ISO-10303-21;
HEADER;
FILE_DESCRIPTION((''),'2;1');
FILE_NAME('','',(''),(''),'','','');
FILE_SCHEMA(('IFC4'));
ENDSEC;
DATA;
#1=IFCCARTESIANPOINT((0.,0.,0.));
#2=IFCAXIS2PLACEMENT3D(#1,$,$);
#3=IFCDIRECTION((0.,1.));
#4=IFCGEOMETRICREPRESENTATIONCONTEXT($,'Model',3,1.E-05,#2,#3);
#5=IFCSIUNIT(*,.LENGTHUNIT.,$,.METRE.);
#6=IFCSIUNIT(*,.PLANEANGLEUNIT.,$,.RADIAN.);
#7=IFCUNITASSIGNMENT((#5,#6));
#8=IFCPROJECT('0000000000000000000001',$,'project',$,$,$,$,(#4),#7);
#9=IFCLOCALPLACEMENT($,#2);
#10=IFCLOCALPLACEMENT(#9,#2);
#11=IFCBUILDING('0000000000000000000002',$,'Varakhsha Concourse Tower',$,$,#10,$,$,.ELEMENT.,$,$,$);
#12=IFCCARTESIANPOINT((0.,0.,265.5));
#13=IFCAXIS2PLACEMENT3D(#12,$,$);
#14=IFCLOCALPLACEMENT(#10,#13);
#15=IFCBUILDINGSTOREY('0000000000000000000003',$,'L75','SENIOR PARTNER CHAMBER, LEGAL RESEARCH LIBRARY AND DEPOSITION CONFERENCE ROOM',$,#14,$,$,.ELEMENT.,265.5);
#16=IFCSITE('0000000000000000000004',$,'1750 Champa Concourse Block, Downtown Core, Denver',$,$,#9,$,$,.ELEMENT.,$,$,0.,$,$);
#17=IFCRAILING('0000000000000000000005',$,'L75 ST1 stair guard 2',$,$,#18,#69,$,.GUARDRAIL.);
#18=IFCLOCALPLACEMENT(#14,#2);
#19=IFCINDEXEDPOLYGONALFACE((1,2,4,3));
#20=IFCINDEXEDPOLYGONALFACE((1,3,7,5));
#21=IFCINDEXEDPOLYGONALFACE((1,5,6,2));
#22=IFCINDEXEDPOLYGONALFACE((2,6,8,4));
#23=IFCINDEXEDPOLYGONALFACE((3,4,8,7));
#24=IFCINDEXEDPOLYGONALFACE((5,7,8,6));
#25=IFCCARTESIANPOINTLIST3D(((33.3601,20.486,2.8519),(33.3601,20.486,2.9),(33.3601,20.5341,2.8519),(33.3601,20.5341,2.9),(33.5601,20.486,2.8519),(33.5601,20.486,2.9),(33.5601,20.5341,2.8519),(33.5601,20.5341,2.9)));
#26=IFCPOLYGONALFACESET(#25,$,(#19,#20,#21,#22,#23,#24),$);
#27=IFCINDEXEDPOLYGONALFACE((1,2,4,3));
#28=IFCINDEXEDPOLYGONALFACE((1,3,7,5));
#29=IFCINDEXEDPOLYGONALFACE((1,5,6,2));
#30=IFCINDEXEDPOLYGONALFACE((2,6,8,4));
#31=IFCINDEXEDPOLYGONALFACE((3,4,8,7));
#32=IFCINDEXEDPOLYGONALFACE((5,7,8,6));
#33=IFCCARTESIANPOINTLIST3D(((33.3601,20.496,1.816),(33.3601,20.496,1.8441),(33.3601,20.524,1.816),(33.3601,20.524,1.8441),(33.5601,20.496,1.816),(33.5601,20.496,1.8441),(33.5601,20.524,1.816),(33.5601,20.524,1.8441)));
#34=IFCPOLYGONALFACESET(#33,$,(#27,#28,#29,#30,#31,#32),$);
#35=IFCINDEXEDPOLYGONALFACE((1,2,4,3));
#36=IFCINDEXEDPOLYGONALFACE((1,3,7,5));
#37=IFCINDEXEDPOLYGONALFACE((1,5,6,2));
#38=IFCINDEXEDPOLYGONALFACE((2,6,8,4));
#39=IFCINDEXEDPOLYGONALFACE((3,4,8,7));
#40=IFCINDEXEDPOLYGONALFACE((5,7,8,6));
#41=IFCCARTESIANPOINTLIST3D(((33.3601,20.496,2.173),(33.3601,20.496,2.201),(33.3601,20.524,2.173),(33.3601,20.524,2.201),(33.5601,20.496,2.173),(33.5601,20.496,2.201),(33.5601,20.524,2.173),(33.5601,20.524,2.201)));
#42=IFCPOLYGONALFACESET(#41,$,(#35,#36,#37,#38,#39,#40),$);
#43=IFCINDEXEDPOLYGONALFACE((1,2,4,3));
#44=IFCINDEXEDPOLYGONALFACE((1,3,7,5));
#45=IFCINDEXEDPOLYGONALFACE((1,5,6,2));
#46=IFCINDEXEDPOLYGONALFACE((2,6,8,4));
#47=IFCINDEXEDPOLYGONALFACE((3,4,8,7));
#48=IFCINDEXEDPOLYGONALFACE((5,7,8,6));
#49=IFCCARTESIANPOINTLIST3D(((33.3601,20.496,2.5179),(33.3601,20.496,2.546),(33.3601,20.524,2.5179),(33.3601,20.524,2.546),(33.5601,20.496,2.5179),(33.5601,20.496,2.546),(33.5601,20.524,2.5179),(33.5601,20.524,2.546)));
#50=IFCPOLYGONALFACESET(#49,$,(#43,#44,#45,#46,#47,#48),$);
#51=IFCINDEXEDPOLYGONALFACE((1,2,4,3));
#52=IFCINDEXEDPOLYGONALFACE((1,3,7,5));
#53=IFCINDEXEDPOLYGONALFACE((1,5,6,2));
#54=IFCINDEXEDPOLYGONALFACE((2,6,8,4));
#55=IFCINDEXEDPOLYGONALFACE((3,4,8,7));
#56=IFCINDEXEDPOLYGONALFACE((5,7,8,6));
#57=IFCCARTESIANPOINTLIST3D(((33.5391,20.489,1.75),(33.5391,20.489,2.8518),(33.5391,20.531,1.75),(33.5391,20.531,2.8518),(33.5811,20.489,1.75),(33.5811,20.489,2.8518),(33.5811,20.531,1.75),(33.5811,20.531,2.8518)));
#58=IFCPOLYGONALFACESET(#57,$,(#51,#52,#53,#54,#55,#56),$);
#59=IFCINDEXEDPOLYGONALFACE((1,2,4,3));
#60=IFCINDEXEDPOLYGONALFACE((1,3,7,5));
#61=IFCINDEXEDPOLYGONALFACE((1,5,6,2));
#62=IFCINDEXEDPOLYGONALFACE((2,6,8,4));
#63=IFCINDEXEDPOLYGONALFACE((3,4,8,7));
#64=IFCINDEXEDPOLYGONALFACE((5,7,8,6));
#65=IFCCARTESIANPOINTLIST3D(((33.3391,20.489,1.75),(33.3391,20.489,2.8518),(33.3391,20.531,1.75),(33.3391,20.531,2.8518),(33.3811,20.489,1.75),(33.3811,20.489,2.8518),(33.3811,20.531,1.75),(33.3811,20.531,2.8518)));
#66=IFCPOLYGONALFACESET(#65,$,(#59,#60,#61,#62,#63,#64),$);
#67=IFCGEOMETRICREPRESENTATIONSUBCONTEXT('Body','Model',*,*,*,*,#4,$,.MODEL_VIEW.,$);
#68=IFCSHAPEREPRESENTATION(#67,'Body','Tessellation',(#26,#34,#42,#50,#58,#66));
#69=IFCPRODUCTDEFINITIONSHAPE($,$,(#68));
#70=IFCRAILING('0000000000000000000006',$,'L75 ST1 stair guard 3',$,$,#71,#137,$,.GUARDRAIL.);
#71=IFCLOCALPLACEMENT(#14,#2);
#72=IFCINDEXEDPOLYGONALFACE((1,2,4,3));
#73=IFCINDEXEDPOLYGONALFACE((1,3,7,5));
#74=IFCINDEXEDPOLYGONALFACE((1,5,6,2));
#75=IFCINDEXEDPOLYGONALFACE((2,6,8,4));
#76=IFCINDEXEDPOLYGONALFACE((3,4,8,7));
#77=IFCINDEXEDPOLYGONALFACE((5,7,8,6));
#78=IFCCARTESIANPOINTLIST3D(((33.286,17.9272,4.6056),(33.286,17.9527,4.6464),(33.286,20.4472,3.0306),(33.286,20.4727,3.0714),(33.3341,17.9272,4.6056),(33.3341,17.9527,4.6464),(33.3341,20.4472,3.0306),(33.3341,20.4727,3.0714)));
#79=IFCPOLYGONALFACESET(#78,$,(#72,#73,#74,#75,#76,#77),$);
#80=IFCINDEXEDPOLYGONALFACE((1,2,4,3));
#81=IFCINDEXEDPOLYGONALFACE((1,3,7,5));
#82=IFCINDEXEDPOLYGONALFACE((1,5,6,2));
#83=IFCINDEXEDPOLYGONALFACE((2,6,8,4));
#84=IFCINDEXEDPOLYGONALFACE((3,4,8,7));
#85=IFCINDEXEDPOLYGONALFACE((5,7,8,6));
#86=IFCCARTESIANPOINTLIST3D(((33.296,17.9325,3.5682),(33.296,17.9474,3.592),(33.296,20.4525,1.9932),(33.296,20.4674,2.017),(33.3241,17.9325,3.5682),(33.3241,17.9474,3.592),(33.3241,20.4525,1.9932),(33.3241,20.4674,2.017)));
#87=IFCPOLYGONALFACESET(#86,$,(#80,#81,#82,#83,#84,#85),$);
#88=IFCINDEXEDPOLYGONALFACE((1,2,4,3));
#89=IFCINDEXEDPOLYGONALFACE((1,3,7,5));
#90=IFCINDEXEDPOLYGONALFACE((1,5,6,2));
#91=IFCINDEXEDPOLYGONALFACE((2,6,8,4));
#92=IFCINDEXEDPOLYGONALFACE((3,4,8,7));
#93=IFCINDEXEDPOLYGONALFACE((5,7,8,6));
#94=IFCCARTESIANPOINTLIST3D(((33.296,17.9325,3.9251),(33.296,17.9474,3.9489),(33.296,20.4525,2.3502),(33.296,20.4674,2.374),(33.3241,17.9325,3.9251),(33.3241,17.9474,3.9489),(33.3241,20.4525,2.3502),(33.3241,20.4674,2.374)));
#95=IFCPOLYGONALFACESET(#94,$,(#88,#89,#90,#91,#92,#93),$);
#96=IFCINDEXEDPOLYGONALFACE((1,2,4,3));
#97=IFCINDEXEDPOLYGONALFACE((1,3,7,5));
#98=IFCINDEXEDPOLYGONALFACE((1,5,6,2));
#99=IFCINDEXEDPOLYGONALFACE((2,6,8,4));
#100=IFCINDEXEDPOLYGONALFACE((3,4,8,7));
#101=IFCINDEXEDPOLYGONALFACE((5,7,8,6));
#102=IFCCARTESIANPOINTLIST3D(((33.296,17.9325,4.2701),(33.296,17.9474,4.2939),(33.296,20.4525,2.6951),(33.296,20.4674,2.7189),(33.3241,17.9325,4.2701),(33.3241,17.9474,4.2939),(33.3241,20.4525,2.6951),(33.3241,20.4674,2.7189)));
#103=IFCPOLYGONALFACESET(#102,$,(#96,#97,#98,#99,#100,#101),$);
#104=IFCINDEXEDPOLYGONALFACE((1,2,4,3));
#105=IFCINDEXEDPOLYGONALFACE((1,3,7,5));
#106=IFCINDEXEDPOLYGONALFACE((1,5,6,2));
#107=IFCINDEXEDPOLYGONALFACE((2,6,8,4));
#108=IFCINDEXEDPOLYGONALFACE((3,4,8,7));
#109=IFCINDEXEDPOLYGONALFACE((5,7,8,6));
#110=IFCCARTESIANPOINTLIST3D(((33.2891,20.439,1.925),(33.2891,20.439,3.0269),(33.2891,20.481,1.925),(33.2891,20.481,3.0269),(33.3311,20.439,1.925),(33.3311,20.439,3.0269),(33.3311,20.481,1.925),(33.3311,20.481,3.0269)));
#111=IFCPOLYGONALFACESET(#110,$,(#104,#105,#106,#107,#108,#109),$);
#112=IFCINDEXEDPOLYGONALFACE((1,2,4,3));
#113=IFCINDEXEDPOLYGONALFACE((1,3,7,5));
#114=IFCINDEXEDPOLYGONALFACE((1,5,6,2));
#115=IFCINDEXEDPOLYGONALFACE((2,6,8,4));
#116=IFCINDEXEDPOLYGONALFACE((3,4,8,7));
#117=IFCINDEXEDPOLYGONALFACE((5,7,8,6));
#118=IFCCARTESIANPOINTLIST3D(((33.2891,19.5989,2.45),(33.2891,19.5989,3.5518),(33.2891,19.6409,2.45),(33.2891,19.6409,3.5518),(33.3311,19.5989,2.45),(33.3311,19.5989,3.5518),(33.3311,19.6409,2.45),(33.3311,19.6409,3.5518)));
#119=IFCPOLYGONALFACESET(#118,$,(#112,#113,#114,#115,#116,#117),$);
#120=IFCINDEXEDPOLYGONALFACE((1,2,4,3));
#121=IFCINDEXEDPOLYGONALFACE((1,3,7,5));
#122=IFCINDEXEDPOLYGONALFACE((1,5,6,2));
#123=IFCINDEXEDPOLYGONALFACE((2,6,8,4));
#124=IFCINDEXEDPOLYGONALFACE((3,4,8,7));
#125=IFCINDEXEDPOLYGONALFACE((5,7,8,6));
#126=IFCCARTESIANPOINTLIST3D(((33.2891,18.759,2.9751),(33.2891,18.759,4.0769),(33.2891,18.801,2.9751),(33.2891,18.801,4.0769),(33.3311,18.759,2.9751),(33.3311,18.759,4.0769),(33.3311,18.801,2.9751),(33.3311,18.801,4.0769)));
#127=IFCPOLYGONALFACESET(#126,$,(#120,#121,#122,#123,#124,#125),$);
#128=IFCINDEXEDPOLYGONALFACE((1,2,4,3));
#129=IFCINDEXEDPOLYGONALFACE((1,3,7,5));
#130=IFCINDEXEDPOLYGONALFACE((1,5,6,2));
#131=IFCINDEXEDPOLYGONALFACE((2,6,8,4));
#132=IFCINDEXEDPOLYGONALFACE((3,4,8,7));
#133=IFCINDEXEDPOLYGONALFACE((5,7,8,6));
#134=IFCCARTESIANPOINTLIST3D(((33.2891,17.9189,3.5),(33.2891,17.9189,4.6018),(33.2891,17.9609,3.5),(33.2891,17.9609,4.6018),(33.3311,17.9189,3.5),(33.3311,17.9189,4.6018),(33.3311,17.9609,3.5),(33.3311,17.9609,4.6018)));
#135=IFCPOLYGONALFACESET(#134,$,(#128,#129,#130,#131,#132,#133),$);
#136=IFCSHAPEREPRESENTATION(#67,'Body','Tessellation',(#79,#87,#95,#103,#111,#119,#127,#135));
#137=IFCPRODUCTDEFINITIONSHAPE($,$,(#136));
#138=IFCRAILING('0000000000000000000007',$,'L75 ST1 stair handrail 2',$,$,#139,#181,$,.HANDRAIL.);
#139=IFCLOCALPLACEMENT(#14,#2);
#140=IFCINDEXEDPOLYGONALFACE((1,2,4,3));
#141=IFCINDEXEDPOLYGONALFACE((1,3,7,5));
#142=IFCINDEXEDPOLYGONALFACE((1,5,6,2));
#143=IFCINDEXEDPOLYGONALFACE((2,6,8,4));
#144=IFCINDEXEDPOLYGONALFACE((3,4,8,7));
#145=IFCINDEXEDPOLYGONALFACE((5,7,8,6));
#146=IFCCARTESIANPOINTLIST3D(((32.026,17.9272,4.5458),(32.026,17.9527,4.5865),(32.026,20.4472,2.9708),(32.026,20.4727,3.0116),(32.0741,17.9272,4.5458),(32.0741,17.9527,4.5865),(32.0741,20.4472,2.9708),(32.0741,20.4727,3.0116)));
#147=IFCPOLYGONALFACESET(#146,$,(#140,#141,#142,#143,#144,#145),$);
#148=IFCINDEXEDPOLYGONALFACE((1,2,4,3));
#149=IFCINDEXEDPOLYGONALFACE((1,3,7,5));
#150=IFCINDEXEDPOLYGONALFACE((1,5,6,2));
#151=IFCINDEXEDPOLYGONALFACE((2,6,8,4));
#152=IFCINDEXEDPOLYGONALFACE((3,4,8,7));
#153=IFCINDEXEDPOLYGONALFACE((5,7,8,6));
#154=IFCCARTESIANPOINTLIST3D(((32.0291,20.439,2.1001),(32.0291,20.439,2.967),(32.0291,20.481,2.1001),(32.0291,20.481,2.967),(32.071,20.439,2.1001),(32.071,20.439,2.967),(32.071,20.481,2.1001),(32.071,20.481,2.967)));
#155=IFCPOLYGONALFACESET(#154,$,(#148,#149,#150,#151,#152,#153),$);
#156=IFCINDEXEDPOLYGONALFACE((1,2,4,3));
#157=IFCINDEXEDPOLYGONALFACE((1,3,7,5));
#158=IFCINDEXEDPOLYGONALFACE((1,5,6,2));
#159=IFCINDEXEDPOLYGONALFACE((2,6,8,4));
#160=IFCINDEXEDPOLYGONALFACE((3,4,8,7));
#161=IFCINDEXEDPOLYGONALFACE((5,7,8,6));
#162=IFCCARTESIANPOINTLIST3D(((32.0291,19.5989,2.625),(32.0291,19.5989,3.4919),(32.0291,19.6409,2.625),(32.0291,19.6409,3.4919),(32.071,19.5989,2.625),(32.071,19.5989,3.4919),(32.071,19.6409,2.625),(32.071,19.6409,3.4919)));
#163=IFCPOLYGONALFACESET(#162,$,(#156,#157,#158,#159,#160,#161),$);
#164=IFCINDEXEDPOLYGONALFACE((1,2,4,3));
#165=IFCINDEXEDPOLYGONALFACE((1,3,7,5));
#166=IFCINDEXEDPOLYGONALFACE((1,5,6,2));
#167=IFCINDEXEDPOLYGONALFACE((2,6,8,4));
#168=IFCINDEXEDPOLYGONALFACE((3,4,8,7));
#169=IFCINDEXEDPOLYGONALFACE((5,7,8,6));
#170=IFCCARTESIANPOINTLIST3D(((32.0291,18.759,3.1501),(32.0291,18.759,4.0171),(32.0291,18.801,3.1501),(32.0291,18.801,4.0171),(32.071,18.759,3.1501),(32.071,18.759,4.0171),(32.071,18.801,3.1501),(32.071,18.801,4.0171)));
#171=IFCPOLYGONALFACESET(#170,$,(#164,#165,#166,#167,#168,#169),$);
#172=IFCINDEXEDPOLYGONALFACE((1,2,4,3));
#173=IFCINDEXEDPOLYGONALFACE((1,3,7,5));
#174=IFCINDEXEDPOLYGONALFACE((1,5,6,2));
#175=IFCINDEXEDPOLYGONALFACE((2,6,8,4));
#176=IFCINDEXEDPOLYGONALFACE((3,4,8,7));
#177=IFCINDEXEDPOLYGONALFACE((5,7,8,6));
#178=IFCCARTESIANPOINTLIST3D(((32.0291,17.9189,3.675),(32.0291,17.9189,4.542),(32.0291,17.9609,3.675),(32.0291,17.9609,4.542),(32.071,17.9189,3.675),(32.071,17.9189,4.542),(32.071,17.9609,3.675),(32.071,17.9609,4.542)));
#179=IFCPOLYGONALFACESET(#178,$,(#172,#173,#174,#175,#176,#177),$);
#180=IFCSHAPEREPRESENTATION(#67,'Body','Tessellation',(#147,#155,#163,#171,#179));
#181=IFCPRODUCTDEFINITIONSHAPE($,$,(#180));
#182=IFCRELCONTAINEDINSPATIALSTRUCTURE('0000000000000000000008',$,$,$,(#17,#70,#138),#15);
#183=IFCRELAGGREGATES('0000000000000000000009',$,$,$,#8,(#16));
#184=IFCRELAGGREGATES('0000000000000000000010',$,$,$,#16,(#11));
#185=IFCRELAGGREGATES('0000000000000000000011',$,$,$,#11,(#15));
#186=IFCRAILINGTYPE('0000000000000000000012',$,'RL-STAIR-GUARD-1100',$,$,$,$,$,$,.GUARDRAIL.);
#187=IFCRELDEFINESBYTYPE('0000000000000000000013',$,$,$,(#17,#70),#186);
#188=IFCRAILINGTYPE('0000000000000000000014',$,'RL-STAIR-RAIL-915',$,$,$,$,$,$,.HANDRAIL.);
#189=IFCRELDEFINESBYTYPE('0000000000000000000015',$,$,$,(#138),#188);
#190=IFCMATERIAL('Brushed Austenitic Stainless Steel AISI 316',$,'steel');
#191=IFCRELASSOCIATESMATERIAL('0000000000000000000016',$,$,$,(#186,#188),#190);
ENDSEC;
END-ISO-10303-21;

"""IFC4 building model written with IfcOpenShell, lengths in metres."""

from ifc_helpers import new_model, si_unit, direction, frame, origin, origin_2d, place, context, subcontext, project, spatial, rectangle, extrude, material, type_object, element, save


model = new_model("IFC4")

# Units and contexts
model_context = context("Model", 3, precision=1e-05, world=origin(), true_north=direction((0.0, 1.0)))
body_context = subcontext(model_context, "Body", "Model", "MODEL_VIEW")
ifc_project = project(units=[si_unit("LENGTHUNIT", "METRE"), si_unit("PLANEANGLEUNIT", "RADIAN")], contexts=[model_context])

# Site, building, storey
site_placement = place(None, origin())
site = spatial("IfcSite", under=ifc_project, at=site_placement, Name="1750 Champa Concourse Block, Downtown Core, Denver", CompositionType="ELEMENT", RefElevation=0.0)
building_placement = place(site_placement, origin())
building = spatial("IfcBuilding", under=site, at=building_placement, Name="Varakhsha Concourse Tower", CompositionType="ELEMENT")
storey_placement = place(building_placement, frame((0.0, 0.0, 265.5)))
storey = spatial("IfcBuildingStorey", under=building, at=storey_placement, Name="L75", Description="SENIOR PARTNER CHAMBER, LEGAL RESEARCH LIBRARY AND DEPOSITION CONFERENCE ROOM", CompositionType="ELEMENT", Elevation=265.5)

# Shared definitions
ifc_material_1 = material(Name="Brushed Austenitic Stainless Steel AISI 316", Category="steel")

# Railings
railing_type_1 = type_object("IfcRailingType", Name="RL-STAIR-GUARD-1100", PredefinedType="GUARDRAIL", material=ifc_material_1)
railing_1_placement = place(storey_placement, frame((33.5601, 20.51, 1.75)))
element("IfcRailing", 1, at=railing_1_placement, inside=storey, type_object=railing_type_1, Name="L75 ST1 stair guard 2", PredefinedType="GUARDRAIL", context=body_context, shape_type="SweptSolid", body=[
    extrude(rectangle(XDim=0.0481, YDim=0.0481, at=origin_2d()), frame((0.0, 0.0, 1.126), z_axis=(-1.0, 0.0, 0.0), x_axis=(0.0, -1.0, 0.0)), (0.0, 0.0, 1.0), 0.2),
    extrude(rectangle(XDim=0.0281, YDim=0.0281, at=origin_2d()), frame((0.0, 0.0, 0.0801), z_axis=(-1.0, 0.0, 0.0), x_axis=(0.0, -1.0, 0.0)), (0.0, 0.0, 1.0), 0.2),
    extrude(rectangle(XDim=0.0281, YDim=0.0281, at=origin_2d()), frame((0.0, 0.0, 0.437), z_axis=(-1.0, 0.0, 0.0), x_axis=(0.0, -1.0, 0.0)), (0.0, 0.0, 1.0), 0.2),
    extrude(rectangle(XDim=0.0281, YDim=0.0281, at=origin_2d()), frame((0.0, 0.0, 0.782), z_axis=(-1.0, 0.0, 0.0), x_axis=(0.0, -1.0, 0.0)), (0.0, 0.0, 1.0), 0.2),
    extrude(rectangle(XDim=0.042, YDim=0.042, at=origin_2d()), origin(), (0.0, 0.0, 1.0), 1.1018),
    extrude(rectangle(XDim=0.042, YDim=0.042, at=origin_2d()), frame((-0.2, 0.0, 0.0)), (0.0, 0.0, 1.0), 1.1018),
])
railing_2_placement = place(storey_placement, frame((33.3101, 20.46, 1.925)))
element("IfcRailing", 2, at=railing_2_placement, inside=storey, type_object=railing_type_1, Name="L75 ST1 stair guard 3", PredefinedType="GUARDRAIL", context=body_context, shape_type="SweptSolid", body=[
    extrude(rectangle(XDim=0.0481, YDim=0.0481, at=origin_2d()), frame((0.0, 0.0, 1.126), z_axis=(0.0, -0.848008, 0.529984), x_axis=(1.0, 0.0, 0.0)), (0.0, 0.0, 1.0), 2.9717),
    extrude(rectangle(XDim=0.0281, YDim=0.0281, at=origin_2d()), frame((0.0, 0.0, 0.0801), z_axis=(0.0, -0.848008, 0.529984), x_axis=(1.0, 0.0, 0.0)), (0.0, 0.0, 1.0), 2.9717),
    extrude(rectangle(XDim=0.0281, YDim=0.0281, at=origin_2d()), frame((0.0, 0.0, 0.437), z_axis=(0.0, -0.848008, 0.529984), x_axis=(1.0, 0.0, 0.0)), (0.0, 0.0, 1.0), 2.9717),
    extrude(rectangle(XDim=0.0281, YDim=0.0281, at=origin_2d()), frame((0.0, 0.0, 0.782), z_axis=(0.0, -0.848008, 0.529984), x_axis=(1.0, 0.0, 0.0)), (0.0, 0.0, 1.0), 2.9717),
    extrude(rectangle(XDim=0.042, YDim=0.042, at=origin_2d()), origin(), (0.0, 0.0, 1.0), 1.1018),
    extrude(rectangle(XDim=0.042, YDim=0.042, at=origin_2d()), frame((0.0, -0.8401, 0.5249)), (0.0, 0.0, 1.0), 1.1018),
    extrude(rectangle(XDim=0.042, YDim=0.042, at=origin_2d()), frame((0.0, -1.6799, 1.05)), (0.0, 0.0, 1.0), 1.1018),
    extrude(rectangle(XDim=0.042, YDim=0.042, at=origin_2d()), frame((0.0, -2.52, 1.575)), (0.0, 0.0, 1.0), 1.1018),
])
railing_type_2 = type_object("IfcRailingType", Name="RL-STAIR-RAIL-915", PredefinedType="HANDRAIL", material=ifc_material_1)
railing_3_placement = place(storey_placement, frame((32.05, 20.46, 2.1001)))
element("IfcRailing", 3, at=railing_3_placement, inside=storey, type_object=railing_type_2, Name="L75 ST1 stair handrail 2", PredefinedType="HANDRAIL", context=body_context, shape_type="SweptSolid", body=[
    extrude(rectangle(XDim=0.0481, YDim=0.0481, at=origin_2d()), frame((0.0, 0.0, 0.8911), z_axis=(0.0, -0.848008, 0.529984), x_axis=(1.0, 0.0, 0.0)), (0.0, 0.0, 1.0), 2.9717),
    extrude(rectangle(XDim=0.042, YDim=0.042, at=origin_2d()), origin(), (0.0, 0.0, 1.0), 0.8669),
    extrude(rectangle(XDim=0.042, YDim=0.042, at=origin_2d()), frame((0.0, -0.8401, 0.5249)), (0.0, 0.0, 1.0), 0.8669),
    extrude(rectangle(XDim=0.042, YDim=0.042, at=origin_2d()), frame((0.0, -1.6799, 1.05)), (0.0, 0.0, 1.0), 0.8669),
    extrude(rectangle(XDim=0.042, YDim=0.042, at=origin_2d()), frame((0.0, -2.52, 1.575)), (0.0, 0.0, 1.0), 0.8669),
])

save(model, "model.ifc")
